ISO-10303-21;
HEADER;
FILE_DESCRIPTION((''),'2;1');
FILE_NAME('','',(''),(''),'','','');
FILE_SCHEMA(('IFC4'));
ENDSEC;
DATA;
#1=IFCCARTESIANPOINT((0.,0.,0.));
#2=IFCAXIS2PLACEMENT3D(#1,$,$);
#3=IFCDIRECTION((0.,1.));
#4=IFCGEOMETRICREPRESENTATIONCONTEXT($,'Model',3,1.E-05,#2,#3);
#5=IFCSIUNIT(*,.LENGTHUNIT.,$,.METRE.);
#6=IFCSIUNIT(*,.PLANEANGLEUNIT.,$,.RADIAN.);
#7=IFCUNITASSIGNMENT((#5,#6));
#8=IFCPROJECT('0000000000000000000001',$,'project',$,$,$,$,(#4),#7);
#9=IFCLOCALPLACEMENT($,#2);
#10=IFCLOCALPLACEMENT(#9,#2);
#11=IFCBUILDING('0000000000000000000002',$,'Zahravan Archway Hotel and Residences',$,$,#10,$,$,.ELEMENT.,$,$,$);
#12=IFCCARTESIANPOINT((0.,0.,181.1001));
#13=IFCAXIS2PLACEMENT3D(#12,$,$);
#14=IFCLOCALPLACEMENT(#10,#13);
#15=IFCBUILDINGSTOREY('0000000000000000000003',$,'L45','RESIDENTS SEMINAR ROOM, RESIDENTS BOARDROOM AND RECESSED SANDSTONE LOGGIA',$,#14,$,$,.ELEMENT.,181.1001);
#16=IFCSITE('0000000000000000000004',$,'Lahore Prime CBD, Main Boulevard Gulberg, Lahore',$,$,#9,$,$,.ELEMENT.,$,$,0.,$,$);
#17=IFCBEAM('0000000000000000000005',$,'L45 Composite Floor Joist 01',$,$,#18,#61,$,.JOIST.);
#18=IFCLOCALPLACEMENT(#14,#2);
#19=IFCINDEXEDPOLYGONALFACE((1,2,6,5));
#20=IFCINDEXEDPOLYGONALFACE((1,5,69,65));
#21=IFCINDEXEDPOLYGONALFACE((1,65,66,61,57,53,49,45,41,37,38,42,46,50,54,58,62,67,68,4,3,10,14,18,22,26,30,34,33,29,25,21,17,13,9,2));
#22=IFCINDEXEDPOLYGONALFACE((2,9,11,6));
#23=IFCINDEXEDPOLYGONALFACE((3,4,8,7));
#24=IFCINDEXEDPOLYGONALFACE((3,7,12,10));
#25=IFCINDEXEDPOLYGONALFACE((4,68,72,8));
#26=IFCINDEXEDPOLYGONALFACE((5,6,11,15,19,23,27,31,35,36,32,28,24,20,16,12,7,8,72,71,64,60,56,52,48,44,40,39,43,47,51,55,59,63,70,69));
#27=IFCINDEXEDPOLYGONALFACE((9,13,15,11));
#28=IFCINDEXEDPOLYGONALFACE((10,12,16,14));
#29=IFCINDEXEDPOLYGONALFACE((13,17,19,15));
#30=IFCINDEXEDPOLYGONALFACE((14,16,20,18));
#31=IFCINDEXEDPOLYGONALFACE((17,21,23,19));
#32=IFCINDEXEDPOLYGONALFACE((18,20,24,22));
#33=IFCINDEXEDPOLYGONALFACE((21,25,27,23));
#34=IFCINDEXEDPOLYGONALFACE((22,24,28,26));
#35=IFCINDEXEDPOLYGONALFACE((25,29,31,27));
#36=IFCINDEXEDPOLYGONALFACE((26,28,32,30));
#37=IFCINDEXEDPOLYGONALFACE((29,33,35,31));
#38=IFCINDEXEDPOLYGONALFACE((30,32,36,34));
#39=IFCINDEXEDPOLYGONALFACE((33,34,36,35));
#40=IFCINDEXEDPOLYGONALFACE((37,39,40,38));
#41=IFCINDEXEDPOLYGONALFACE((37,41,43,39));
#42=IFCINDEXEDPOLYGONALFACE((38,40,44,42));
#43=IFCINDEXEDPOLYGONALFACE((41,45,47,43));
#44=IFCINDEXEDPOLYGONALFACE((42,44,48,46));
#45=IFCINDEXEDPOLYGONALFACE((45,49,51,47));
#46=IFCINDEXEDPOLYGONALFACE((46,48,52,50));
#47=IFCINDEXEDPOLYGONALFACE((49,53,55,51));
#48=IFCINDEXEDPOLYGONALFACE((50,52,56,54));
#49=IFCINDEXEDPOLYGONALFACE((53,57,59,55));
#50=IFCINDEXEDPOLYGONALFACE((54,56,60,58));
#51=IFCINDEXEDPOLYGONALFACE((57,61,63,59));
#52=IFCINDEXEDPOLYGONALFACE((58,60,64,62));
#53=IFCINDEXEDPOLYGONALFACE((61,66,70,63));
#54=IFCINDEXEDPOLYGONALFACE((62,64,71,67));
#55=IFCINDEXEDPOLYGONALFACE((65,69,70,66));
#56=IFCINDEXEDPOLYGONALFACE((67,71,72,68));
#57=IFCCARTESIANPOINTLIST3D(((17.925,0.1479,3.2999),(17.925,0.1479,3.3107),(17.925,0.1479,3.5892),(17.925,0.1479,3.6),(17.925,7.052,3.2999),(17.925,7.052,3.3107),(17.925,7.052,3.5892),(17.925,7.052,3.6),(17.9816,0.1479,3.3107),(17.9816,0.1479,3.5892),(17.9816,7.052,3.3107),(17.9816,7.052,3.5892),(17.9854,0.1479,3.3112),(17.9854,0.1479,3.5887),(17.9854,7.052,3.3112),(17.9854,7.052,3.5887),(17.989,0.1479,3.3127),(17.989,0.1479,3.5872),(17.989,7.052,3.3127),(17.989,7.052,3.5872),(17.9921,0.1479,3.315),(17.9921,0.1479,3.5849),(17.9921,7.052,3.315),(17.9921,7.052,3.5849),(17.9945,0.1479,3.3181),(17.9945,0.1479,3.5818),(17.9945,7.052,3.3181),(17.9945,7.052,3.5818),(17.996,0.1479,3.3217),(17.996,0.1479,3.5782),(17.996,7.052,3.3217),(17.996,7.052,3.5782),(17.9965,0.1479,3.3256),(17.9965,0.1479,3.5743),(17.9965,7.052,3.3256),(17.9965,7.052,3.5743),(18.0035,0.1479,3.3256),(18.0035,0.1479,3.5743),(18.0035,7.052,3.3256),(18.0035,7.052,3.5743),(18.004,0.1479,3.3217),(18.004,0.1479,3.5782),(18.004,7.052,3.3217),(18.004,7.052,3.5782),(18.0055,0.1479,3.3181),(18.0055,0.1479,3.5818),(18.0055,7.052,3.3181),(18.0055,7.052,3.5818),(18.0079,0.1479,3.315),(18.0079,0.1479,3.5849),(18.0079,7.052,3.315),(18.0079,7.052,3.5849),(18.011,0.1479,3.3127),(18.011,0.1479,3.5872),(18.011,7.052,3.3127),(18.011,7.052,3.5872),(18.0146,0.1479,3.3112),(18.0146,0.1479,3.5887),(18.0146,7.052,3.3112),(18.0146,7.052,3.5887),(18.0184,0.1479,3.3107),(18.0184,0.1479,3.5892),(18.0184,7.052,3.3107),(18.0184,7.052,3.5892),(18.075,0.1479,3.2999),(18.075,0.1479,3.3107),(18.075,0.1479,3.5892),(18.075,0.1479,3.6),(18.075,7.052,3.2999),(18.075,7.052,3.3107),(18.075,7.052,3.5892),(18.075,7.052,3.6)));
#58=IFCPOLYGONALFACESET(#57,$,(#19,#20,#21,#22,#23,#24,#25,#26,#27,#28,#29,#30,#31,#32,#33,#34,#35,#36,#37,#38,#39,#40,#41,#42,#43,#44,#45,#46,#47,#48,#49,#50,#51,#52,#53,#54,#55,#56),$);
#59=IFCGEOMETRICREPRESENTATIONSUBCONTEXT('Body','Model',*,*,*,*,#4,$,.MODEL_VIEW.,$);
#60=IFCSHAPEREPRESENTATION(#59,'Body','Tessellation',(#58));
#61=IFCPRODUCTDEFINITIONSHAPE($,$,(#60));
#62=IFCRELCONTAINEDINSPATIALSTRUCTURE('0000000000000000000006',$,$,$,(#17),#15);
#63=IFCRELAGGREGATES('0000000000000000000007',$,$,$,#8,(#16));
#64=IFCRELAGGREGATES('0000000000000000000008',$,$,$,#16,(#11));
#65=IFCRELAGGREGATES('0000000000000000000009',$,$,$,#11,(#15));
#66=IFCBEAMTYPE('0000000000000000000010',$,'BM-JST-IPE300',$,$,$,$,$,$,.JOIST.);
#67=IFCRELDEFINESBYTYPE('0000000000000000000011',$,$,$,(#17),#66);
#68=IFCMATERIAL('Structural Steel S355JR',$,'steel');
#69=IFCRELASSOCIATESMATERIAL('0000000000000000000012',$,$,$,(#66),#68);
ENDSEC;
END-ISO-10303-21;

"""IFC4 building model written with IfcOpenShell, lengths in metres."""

from ifc_helpers import new_model, si_unit, direction, frame, origin, origin_2d, place, context, subcontext, project, spatial, i_section, extrude, source, transform, mapped, material, material_profile, profile_set, type_object, type_shapes, element, save


model = new_model("IFC4")

# Units and contexts
model_context = context("Model", 3, precision=1e-05, world=origin(), true_north=direction((0.0, 1.0)))
body_context = subcontext(model_context, "Body", "Model", "MODEL_VIEW")
ifc_project = project(units=[si_unit("LENGTHUNIT", "METRE"), si_unit("PLANEANGLEUNIT", "RADIAN")], contexts=[model_context])

# Site, building, storey
site_placement = place(None, origin())
site = spatial("IfcSite", under=ifc_project, at=site_placement, Name="Lahore Prime CBD, Main Boulevard Gulberg, Lahore", CompositionType="ELEMENT", RefElevation=0.0)
building_placement = place(site_placement, origin())
building = spatial("IfcBuilding", under=site, at=building_placement, Name="Zahravan Archway Hotel and Residences", CompositionType="ELEMENT")
storey_placement = place(building_placement, frame((0.0, 0.0, 181.1001)))
storey = spatial("IfcBuildingStorey", under=building, at=storey_placement, Name="L45", Description="RESIDENTS SEMINAR ROOM, RESIDENTS BOARDROOM AND RECESSED SANDSTONE LOGGIA", CompositionType="ELEMENT", Elevation=181.1001)

# Beam
ifc_material_1 = material(Name="Structural Steel S355JR", Category="steel")
ifc_material_profile = material_profile(ifc_material_1, i_section(OverallWidth=0.1499, OverallDepth=0.3, WebThickness=0.0071, FlangeThickness=0.0107, FilletRadius=0.0149, at=origin_2d()), Name="IPE 300", Category="steel")
ifc_profile_set = profile_set([ifc_material_profile], Name="Structural Steel S355JR")
beam_type = type_object("IfcBeamType", Name="BM-JST-IPE300", PredefinedType="JOIST", material=ifc_profile_set)
shared_shape_1 = source(origin(), body_context, "Body", "SweptSolid", [
    extrude(i_section(OverallWidth=0.1499, OverallDepth=0.3, WebThickness=0.0071, FlangeThickness=0.0107, FilletRadius=0.0149, at=origin_2d()), origin(), (0.0, 0.0, 1.0), 6.9041),
])
type_shapes(beam_type, [shared_shape_1])
beam_placement = place(storey_placement, frame((18.0, 0.1479, 3.45), z_axis=(0.0, 1.0, 0.0), x_axis=(-1.0, 0.0, 0.0)))
element("IfcBeam", 1, at=beam_placement, inside=storey, type_object=beam_type, Name="L45 Composite Floor Joist 01", PredefinedType="JOIST", context=body_context, shape_type="MappedRepresentation", body=[
    mapped(shared_shape_1, transform((0.0, 0.0, 0.0), scale=1.0)),
])

save(model, "model.ifc")
